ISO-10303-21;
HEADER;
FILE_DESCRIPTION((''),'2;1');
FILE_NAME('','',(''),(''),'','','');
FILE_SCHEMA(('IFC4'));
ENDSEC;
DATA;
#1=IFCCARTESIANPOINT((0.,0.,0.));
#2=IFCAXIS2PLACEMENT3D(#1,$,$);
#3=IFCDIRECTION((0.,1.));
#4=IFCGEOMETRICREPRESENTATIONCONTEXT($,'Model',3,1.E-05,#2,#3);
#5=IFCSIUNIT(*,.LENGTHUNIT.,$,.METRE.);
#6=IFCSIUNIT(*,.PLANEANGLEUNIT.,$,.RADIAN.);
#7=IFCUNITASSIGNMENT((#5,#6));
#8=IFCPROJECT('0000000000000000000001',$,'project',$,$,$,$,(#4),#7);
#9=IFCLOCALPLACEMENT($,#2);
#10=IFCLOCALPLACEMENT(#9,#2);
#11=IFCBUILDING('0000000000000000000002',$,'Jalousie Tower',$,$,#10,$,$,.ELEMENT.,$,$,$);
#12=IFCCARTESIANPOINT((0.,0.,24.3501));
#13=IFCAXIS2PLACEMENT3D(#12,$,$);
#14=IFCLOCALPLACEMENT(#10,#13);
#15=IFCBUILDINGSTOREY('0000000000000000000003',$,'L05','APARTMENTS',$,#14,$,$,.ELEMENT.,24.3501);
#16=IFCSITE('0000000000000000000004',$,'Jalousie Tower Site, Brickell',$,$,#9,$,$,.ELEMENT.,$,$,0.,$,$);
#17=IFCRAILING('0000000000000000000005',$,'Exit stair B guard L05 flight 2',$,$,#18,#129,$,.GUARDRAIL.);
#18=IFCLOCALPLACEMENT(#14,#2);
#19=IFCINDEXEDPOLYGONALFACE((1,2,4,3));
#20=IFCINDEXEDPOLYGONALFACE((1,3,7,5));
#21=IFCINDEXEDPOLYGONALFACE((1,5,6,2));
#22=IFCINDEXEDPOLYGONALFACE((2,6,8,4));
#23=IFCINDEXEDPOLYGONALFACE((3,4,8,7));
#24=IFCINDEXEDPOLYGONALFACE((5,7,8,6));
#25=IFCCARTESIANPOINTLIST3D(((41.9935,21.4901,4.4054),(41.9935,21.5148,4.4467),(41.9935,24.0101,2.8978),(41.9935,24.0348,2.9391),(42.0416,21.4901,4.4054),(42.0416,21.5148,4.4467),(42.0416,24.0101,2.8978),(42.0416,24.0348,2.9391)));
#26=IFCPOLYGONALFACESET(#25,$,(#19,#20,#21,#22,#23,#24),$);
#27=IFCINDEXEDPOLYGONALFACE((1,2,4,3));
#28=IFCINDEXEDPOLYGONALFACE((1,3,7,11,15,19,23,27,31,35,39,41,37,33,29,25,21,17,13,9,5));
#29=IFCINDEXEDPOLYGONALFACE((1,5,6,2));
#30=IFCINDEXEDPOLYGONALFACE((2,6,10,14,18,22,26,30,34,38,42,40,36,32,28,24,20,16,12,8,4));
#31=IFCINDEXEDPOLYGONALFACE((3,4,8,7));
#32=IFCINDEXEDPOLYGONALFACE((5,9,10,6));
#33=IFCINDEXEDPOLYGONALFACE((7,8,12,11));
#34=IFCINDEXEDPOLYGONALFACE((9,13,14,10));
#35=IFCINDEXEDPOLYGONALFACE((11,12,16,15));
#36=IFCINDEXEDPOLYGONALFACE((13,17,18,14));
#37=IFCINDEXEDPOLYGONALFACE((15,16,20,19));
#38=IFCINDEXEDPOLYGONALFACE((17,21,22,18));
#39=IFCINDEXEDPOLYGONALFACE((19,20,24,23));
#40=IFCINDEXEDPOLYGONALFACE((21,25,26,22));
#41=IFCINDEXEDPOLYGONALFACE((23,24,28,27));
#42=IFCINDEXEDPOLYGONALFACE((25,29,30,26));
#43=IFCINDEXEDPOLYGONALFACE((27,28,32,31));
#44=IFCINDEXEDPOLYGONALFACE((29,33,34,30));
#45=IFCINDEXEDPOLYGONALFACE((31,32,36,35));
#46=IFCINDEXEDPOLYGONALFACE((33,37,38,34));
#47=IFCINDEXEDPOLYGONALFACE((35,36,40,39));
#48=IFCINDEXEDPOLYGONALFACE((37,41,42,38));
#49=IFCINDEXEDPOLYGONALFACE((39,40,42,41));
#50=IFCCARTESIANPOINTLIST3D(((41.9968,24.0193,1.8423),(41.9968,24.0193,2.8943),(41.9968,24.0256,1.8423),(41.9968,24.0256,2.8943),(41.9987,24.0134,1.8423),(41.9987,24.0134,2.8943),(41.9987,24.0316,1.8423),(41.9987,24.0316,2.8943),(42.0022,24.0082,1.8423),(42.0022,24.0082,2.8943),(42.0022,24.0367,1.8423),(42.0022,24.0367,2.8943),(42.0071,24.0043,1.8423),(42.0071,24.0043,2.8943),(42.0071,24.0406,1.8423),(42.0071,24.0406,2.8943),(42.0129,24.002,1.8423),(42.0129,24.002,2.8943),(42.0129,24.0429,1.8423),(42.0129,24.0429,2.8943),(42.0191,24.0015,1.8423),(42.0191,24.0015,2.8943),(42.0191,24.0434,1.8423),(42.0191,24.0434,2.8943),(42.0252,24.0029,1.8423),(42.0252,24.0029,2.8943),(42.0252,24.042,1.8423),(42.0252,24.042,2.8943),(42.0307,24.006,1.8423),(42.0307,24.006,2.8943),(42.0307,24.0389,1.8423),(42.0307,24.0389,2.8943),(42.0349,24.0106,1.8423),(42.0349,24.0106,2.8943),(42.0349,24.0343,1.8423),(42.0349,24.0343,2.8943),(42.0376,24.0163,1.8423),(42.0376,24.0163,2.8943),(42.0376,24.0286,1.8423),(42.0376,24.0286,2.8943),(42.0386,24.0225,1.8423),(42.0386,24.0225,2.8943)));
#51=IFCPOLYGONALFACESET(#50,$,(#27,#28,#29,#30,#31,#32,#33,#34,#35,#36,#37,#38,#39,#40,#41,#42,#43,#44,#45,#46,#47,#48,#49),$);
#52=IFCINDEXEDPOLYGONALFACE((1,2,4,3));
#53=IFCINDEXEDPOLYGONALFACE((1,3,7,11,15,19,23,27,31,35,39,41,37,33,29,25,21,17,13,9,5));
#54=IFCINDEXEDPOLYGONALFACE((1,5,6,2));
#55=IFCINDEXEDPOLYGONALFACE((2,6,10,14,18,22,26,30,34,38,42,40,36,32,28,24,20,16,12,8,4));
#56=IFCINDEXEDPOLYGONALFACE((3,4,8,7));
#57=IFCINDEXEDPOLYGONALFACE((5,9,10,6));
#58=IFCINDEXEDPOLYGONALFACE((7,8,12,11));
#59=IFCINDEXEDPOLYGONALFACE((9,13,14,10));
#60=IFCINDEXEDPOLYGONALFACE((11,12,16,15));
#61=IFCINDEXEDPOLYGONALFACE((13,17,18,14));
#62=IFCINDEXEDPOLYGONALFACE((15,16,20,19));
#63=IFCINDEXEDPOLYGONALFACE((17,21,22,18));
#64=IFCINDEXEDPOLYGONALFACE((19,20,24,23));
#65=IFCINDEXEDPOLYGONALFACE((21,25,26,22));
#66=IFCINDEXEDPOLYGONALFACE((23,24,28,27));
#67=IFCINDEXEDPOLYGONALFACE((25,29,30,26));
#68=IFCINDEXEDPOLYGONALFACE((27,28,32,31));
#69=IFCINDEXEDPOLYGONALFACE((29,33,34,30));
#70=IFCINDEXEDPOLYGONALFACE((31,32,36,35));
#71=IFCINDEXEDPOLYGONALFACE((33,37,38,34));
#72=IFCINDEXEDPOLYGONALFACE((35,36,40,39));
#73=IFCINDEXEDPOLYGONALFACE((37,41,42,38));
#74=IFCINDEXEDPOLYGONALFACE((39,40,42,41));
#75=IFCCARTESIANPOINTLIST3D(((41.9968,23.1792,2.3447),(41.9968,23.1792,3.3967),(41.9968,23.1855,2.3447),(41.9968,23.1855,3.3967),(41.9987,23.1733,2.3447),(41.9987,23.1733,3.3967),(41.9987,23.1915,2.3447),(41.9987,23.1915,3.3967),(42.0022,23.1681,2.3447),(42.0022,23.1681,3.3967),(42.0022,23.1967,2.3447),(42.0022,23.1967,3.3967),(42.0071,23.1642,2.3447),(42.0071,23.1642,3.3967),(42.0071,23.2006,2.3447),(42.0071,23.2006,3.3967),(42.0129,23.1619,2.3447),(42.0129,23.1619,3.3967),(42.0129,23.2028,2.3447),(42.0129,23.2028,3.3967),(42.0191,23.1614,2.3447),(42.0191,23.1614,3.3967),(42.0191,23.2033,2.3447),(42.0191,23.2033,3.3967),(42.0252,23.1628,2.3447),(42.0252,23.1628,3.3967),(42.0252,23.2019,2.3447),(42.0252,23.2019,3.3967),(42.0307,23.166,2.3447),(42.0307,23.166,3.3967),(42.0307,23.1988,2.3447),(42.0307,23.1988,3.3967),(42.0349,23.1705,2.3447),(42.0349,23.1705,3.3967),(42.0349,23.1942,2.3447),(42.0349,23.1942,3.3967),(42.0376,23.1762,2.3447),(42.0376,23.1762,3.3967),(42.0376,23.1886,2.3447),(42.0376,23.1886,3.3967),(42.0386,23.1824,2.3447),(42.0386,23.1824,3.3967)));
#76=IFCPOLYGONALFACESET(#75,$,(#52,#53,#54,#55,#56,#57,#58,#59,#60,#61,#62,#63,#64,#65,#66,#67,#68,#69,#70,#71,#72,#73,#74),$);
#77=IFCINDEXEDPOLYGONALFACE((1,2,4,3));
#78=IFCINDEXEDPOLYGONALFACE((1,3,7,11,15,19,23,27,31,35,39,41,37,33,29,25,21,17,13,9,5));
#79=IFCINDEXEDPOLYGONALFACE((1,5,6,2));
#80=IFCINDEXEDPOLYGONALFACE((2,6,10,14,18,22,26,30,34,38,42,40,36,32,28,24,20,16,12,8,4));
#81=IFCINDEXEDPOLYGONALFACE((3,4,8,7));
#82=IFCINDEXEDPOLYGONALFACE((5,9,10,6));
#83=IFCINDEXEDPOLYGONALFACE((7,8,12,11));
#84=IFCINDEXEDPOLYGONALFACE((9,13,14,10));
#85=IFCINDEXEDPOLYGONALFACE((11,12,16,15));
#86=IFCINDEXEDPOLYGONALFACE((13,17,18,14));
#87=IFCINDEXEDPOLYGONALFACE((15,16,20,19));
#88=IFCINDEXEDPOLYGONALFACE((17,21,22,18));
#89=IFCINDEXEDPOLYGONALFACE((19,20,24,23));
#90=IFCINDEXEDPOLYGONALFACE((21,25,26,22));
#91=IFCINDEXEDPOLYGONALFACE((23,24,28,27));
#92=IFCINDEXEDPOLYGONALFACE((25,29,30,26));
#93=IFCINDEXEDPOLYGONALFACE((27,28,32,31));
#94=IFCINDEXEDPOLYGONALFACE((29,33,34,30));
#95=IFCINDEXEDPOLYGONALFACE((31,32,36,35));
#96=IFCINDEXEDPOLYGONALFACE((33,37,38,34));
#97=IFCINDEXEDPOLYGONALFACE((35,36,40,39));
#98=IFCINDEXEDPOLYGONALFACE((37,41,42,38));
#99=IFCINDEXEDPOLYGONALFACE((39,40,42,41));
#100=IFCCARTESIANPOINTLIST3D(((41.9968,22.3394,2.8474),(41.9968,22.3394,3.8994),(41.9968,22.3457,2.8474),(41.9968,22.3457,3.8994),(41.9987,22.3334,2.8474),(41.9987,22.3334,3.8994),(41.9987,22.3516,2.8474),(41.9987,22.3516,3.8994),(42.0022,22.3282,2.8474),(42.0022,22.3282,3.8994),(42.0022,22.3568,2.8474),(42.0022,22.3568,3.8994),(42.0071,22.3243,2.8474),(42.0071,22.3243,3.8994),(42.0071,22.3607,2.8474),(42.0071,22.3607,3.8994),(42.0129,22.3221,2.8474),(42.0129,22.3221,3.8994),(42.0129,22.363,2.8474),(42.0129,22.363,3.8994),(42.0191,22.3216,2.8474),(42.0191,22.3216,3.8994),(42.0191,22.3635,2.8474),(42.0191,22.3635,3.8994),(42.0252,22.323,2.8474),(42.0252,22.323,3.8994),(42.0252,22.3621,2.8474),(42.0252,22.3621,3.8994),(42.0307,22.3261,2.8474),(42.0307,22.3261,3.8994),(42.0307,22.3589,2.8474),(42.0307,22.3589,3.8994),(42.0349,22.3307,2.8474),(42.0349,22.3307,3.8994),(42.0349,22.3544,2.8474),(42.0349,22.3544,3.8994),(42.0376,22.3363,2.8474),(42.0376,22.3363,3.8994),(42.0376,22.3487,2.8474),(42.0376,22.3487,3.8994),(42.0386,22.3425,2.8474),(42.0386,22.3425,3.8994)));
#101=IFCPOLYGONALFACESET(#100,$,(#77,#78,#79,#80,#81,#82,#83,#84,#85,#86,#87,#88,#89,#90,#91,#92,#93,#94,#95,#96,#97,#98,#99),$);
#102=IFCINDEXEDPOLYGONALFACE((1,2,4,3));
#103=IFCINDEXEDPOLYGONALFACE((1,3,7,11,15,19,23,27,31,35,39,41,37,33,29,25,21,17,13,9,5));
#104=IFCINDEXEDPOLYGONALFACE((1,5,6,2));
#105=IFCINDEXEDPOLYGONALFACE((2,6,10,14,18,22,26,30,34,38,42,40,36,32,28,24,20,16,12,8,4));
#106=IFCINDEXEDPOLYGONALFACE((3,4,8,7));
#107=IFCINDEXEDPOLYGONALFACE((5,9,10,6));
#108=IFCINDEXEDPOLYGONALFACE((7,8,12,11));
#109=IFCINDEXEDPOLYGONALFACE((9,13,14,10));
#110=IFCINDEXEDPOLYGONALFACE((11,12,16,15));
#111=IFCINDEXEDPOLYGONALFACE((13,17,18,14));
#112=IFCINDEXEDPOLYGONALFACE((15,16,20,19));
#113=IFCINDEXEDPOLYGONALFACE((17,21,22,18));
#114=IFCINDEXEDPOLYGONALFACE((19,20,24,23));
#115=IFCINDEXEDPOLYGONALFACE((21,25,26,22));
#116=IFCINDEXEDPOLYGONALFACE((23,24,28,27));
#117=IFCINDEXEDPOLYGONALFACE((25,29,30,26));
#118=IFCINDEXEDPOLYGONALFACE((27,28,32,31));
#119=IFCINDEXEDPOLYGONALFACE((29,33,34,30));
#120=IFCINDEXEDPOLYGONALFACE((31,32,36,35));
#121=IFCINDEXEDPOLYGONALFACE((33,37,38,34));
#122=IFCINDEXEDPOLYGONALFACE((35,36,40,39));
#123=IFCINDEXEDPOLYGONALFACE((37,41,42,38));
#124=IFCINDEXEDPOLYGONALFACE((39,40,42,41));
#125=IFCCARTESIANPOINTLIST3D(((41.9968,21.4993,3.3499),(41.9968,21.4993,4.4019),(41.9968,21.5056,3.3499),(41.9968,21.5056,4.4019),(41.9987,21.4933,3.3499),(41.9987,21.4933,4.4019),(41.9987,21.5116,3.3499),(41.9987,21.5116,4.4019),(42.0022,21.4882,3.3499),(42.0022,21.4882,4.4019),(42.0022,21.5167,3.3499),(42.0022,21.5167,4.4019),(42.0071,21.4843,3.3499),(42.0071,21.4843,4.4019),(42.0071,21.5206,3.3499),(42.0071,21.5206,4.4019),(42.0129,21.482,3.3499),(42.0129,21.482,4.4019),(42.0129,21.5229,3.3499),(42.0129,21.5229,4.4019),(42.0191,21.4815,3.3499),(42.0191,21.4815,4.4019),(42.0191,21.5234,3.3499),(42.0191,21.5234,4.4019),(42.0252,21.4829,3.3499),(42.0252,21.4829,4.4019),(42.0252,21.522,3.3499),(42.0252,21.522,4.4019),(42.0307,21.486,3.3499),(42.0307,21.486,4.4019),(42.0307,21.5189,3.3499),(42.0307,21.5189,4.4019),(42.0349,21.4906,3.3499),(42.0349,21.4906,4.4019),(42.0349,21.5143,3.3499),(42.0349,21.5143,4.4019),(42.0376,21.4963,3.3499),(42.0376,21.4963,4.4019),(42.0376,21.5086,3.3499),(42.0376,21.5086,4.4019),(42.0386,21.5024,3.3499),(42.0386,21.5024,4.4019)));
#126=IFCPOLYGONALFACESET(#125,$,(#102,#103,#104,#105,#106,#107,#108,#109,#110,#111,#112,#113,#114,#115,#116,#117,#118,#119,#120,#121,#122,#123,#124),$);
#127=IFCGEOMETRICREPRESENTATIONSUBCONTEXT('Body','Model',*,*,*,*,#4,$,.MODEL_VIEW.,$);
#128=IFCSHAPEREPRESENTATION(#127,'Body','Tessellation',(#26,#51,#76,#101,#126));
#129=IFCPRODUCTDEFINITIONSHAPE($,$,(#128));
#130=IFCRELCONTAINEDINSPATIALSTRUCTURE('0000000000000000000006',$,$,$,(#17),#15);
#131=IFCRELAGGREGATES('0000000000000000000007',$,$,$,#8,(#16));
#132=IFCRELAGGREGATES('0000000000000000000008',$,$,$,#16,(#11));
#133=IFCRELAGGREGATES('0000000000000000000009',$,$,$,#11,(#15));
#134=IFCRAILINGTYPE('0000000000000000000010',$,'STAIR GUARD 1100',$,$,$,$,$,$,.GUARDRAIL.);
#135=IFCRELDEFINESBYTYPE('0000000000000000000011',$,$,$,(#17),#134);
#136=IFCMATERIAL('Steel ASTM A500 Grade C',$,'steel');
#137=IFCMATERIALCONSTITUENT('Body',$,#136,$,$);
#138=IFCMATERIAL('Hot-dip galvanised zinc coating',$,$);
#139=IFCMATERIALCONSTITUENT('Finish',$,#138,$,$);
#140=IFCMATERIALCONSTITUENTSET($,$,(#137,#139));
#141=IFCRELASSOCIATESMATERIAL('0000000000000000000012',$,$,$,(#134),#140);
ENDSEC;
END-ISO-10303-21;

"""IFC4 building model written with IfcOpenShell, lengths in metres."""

from ifc_helpers import new_model, si_unit, direction, frame, origin, origin_2d, place, context, subcontext, project, spatial, rectangle, circle, extrude, material, constituent, constituent_set, type_object, element, save


model = new_model("IFC4")

# Units and contexts
model_context = context("Model", 3, precision=1e-05, world=origin(), true_north=direction((0.0, 1.0)))
body_context = subcontext(model_context, "Body", "Model", "MODEL_VIEW")
ifc_project = project(units=[si_unit("LENGTHUNIT", "METRE"), si_unit("PLANEANGLEUNIT", "RADIAN")], contexts=[model_context])

# Site, building, storey
site_placement = place(None, origin())
site = spatial("IfcSite", under=ifc_project, at=site_placement, Name="Jalousie Tower Site, Brickell", CompositionType="ELEMENT", RefElevation=0.0)
building_placement = place(site_placement, origin())
building = spatial("IfcBuilding", under=site, at=building_placement, Name="Jalousie Tower", CompositionType="ELEMENT")
storey_placement = place(building_placement, frame((0.0, 0.0, 24.3501)))
storey = spatial("IfcBuildingStorey", under=building, at=storey_placement, Name="L05", Description="APARTMENTS", CompositionType="ELEMENT", Elevation=24.3501)

# Railing
ifc_material_1 = material(Name="Steel ASTM A500 Grade C", Category="steel")
ifc_constituent_1 = constituent(ifc_material_1, Name="Body")
ifc_material_2 = material(Name="Hot-dip galvanised zinc coating")
ifc_constituent_2 = constituent(ifc_material_2, Name="Finish")
ifc_constituent_set_1 = constituent_set(constituents=[ifc_constituent_1, ifc_constituent_2])
railing_type_1 = type_object("IfcRailingType", Name="STAIR GUARD 1100", PredefinedType="GUARDRAIL", material=ifc_constituent_set_1)
railing_1_placement = place(storey_placement, frame((42.0176, 24.0225, 1.8423)))
element("IfcRailing", 1, at=railing_1_placement, inside=storey, type_object=railing_type_1, Name="Exit stair B guard L05 flight 2", PredefinedType="GUARDRAIL", context=body_context, shape_type="SweptSolid", body=[
    extrude(rectangle(XDim=0.0481, YDim=0.0481, at=origin_2d()), frame((0.0, 0.0, 1.0762), z_axis=(0.0, -0.85816, 0.513383), x_axis=(1.0, 0.0, 0.0)), (0.0, 0.0, 1.0), 2.9365),
    extrude(circle(Radius=0.021, at=origin_2d()), origin(), (0.0, 0.0, 1.0), 1.052),
    extrude(circle(Radius=0.021, at=origin_2d()), frame((0.0, -0.8401, 0.5024)), (0.0, 0.0, 1.0), 1.052),
    extrude(circle(Radius=0.021, at=origin_2d()), frame((0.0, -1.6799, 1.0051)), (0.0, 0.0, 1.0), 1.052),
    extrude(circle(Radius=0.021, at=origin_2d()), frame((0.0, -2.52, 1.5076)), (0.0, 0.0, 1.0), 1.052),
])

save(model, "model.ifc")
